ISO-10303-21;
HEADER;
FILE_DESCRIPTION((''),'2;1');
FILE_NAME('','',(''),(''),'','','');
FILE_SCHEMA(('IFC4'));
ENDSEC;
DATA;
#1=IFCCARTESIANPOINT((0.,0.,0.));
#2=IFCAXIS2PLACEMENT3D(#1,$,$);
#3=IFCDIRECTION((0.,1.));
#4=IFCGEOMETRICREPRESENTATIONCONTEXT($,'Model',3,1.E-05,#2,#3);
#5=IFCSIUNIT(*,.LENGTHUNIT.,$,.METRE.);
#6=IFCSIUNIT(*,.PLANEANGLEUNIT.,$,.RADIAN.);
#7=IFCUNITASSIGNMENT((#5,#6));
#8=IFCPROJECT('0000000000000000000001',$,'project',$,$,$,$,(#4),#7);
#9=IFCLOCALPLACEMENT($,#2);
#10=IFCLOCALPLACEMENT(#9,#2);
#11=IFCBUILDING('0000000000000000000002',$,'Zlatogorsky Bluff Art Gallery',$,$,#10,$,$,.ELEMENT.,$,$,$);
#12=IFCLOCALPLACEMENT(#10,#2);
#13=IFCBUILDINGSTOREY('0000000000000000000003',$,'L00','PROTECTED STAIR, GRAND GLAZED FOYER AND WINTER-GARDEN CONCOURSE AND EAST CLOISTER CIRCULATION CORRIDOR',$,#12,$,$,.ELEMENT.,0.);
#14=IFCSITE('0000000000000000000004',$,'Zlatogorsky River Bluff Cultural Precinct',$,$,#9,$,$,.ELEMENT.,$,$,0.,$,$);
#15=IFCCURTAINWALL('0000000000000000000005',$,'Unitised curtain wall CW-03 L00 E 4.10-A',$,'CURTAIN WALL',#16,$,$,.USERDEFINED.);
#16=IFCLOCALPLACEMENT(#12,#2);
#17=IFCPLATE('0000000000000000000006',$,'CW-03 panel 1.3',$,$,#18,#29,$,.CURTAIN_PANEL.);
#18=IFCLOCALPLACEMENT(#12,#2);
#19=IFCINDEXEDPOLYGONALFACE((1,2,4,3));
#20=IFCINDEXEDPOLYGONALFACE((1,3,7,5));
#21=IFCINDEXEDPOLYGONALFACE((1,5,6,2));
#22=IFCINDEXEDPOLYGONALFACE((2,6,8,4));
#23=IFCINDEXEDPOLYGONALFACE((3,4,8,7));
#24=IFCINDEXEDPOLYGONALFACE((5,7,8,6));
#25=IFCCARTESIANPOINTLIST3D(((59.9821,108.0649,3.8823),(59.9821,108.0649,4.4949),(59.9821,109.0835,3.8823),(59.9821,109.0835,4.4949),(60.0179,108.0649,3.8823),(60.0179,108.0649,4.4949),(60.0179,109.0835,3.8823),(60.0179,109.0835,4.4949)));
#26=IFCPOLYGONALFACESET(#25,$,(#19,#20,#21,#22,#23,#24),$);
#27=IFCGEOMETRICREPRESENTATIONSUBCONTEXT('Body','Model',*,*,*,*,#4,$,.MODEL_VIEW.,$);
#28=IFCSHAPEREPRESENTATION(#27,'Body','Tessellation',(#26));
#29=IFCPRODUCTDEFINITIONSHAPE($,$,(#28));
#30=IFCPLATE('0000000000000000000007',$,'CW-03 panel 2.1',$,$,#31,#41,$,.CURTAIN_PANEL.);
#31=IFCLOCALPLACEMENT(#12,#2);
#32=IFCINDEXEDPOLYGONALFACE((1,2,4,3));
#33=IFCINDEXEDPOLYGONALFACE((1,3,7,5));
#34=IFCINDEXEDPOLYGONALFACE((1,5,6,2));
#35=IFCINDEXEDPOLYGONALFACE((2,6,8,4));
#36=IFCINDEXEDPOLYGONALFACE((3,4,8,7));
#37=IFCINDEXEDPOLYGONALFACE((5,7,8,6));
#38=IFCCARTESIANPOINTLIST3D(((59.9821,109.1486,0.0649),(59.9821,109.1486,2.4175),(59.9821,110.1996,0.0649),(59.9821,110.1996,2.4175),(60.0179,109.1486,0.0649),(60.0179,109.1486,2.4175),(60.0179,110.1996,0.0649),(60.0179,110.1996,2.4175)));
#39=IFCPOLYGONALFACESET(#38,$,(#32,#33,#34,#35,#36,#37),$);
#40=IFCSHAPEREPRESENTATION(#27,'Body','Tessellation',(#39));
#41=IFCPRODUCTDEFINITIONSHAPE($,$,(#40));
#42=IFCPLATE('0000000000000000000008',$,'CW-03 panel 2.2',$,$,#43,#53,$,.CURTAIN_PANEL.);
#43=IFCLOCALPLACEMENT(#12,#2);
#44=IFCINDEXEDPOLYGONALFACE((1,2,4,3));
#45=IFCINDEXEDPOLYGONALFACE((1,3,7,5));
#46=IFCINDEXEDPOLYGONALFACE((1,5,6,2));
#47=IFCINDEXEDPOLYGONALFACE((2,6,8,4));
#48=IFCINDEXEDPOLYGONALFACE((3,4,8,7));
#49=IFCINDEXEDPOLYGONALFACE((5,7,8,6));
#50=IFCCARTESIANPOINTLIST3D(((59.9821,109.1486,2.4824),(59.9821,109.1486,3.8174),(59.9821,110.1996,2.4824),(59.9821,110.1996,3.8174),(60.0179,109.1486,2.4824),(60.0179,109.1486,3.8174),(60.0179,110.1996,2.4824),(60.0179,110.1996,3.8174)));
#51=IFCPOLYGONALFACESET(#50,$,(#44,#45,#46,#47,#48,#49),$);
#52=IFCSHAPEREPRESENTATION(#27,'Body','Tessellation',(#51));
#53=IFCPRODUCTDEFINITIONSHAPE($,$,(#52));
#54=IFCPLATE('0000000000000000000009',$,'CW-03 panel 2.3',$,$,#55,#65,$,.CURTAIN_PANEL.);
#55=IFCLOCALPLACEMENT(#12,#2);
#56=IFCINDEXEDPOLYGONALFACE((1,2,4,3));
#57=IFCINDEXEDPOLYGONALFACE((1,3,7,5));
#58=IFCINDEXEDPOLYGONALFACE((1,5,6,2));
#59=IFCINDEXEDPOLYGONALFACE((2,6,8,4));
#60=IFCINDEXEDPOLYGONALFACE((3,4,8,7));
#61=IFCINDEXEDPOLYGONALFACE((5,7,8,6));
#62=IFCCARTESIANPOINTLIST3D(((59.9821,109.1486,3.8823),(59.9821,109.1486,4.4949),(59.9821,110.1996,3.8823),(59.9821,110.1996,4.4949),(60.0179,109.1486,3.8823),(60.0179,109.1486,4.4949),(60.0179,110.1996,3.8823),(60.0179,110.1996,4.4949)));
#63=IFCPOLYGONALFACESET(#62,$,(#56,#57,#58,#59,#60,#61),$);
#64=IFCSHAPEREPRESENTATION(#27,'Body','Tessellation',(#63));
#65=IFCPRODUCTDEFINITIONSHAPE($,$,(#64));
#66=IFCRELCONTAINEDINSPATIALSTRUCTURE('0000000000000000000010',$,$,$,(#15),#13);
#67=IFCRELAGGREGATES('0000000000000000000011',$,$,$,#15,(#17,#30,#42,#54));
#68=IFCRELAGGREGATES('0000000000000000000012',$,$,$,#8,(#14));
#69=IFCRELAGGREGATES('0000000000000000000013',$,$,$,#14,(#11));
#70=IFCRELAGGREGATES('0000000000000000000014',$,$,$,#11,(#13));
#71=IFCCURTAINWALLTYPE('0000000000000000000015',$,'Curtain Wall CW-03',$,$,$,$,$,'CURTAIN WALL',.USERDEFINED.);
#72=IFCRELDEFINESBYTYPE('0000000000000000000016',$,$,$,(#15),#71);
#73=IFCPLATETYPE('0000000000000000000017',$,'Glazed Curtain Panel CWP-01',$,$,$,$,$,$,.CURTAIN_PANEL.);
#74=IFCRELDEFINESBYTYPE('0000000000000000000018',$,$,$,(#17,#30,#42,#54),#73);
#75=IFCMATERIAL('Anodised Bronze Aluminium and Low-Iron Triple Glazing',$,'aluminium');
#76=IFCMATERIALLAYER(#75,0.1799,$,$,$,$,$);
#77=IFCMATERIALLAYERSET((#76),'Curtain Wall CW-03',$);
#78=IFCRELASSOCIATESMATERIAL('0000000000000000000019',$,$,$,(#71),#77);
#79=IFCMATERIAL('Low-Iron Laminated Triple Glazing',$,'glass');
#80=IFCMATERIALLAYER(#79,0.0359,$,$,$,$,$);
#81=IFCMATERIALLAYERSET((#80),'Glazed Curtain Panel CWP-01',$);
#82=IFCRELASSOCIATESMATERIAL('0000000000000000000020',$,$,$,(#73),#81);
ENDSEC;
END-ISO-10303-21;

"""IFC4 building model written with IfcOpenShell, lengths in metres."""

from ifc_helpers import new_model, si_unit, direction, frame, origin, origin_2d, place, context, subcontext, project, spatial, rectangle, extrude, material, layer, layer_set, type_object, element, aggregate, save


model = new_model("IFC4")

# Units and contexts
model_context = context("Model", 3, precision=1e-05, world=origin(), true_north=direction((0.0, 1.0)))
body_context = subcontext(model_context, "Body", "Model", "MODEL_VIEW")
ifc_project = project(units=[si_unit("LENGTHUNIT", "METRE"), si_unit("PLANEANGLEUNIT", "RADIAN")], contexts=[model_context])

# Site, building, storey
site_placement = place(None, origin())
site = spatial("IfcSite", under=ifc_project, at=site_placement, Name="Zlatogorsky River Bluff Cultural Precinct", CompositionType="ELEMENT", RefElevation=0.0)
building_placement = place(site_placement, origin())
building = spatial("IfcBuilding", under=site, at=building_placement, Name="Zlatogorsky Bluff Art Gallery", CompositionType="ELEMENT")
storey_placement = place(building_placement, origin())
storey = spatial("IfcBuildingStorey", under=building, at=storey_placement, Name="L00", Description="PROTECTED STAIR, GRAND GLAZED FOYER AND WINTER-GARDEN CONCOURSE AND EAST CLOISTER CIRCULATION CORRIDOR", CompositionType="ELEMENT", Elevation=0.0)

# Curtain wall
ifc_material_1 = material(Name="Anodised Bronze Aluminium and Low-Iron Triple Glazing", Category="aluminium")
ifc_layer_1 = layer(ifc_material_1, 0.1799)
ifc_layer_set_1 = layer_set([ifc_layer_1], Name="Curtain Wall CW-03")
curtain_wall_type_1 = type_object("IfcCurtainWallType", Name="Curtain Wall CW-03", ElementType="CURTAIN WALL", PredefinedType="USERDEFINED", material=ifc_layer_set_1)
curtain_wall_1_placement = place(storey_placement, origin())
curtain_wall_1 = element("IfcCurtainWall", 1, at=curtain_wall_1_placement, inside=storey, type_object=curtain_wall_type_1, Name="Unitised curtain wall CW-03 L00 E 4.10-A", ObjectType="CURTAIN WALL", PredefinedType="USERDEFINED")

# Plates
ifc_material_2 = material(Name="Low-Iron Laminated Triple Glazing", Category="glass")
ifc_layer_2 = layer(ifc_material_2, 0.0359)
ifc_layer_set_2 = layer_set([ifc_layer_2], Name="Glazed Curtain Panel CWP-01")
plate_type = type_object("IfcPlateType", Name="Glazed Curtain Panel CWP-01", PredefinedType="CURTAIN_PANEL", material=ifc_layer_set_2)
plate_1_placement = place(storey_placement, frame((60.0, 108.5742, 3.8823), z_axis=(0.0, 0.0, 1.0), x_axis=(0.0, 1.0, 0.0)))
plate_1 = element("IfcPlate", 2, at=plate_1_placement, type_object=plate_type, Name="CW-03 panel 1.3", PredefinedType="CURTAIN_PANEL", context=body_context, shape_type="SweptSolid", body=[
    extrude(rectangle(XDim=1.0186, YDim=0.0359, at=origin_2d()), origin(), (0.0, 0.0, 1.0), 0.6125),
])
plate_2_placement = place(storey_placement, frame((60.0, 109.6741, 0.0649), z_axis=(0.0, 0.0, 1.0), x_axis=(0.0, 1.0, 0.0)))
plate_2 = element("IfcPlate", 3, at=plate_2_placement, type_object=plate_type, Name="CW-03 panel 2.1", PredefinedType="CURTAIN_PANEL", context=body_context, shape_type="SweptSolid", body=[
    extrude(rectangle(XDim=1.051, YDim=0.0359, at=origin_2d()), origin(), (0.0, 0.0, 1.0), 2.3525),
])
plate_3_placement = place(storey_placement, frame((60.0, 109.6741, 2.4824), z_axis=(0.0, 0.0, 1.0), x_axis=(0.0, 1.0, 0.0)))
plate_3 = element("IfcPlate", 4, at=plate_3_placement, type_object=plate_type, Name="CW-03 panel 2.2", PredefinedType="CURTAIN_PANEL", context=body_context, shape_type="SweptSolid", body=[
    extrude(rectangle(XDim=1.051, YDim=0.0359, at=origin_2d()), origin(), (0.0, 0.0, 1.0), 1.335),
])
plate_4_placement = place(storey_placement, frame((60.0, 109.6741, 3.8823), z_axis=(0.0, 0.0, 1.0), x_axis=(0.0, 1.0, 0.0)))
plate_4 = element("IfcPlate", 5, at=plate_4_placement, type_object=plate_type, Name="CW-03 panel 2.3", PredefinedType="CURTAIN_PANEL", context=body_context, shape_type="SweptSolid", body=[
    extrude(rectangle(XDim=1.051, YDim=0.0359, at=origin_2d()), origin(), (0.0, 0.0, 1.0), 0.6125),
])
aggregate(curtain_wall_1, [plate_1, plate_2, plate_3, plate_4])

save(model, "model.ifc")
